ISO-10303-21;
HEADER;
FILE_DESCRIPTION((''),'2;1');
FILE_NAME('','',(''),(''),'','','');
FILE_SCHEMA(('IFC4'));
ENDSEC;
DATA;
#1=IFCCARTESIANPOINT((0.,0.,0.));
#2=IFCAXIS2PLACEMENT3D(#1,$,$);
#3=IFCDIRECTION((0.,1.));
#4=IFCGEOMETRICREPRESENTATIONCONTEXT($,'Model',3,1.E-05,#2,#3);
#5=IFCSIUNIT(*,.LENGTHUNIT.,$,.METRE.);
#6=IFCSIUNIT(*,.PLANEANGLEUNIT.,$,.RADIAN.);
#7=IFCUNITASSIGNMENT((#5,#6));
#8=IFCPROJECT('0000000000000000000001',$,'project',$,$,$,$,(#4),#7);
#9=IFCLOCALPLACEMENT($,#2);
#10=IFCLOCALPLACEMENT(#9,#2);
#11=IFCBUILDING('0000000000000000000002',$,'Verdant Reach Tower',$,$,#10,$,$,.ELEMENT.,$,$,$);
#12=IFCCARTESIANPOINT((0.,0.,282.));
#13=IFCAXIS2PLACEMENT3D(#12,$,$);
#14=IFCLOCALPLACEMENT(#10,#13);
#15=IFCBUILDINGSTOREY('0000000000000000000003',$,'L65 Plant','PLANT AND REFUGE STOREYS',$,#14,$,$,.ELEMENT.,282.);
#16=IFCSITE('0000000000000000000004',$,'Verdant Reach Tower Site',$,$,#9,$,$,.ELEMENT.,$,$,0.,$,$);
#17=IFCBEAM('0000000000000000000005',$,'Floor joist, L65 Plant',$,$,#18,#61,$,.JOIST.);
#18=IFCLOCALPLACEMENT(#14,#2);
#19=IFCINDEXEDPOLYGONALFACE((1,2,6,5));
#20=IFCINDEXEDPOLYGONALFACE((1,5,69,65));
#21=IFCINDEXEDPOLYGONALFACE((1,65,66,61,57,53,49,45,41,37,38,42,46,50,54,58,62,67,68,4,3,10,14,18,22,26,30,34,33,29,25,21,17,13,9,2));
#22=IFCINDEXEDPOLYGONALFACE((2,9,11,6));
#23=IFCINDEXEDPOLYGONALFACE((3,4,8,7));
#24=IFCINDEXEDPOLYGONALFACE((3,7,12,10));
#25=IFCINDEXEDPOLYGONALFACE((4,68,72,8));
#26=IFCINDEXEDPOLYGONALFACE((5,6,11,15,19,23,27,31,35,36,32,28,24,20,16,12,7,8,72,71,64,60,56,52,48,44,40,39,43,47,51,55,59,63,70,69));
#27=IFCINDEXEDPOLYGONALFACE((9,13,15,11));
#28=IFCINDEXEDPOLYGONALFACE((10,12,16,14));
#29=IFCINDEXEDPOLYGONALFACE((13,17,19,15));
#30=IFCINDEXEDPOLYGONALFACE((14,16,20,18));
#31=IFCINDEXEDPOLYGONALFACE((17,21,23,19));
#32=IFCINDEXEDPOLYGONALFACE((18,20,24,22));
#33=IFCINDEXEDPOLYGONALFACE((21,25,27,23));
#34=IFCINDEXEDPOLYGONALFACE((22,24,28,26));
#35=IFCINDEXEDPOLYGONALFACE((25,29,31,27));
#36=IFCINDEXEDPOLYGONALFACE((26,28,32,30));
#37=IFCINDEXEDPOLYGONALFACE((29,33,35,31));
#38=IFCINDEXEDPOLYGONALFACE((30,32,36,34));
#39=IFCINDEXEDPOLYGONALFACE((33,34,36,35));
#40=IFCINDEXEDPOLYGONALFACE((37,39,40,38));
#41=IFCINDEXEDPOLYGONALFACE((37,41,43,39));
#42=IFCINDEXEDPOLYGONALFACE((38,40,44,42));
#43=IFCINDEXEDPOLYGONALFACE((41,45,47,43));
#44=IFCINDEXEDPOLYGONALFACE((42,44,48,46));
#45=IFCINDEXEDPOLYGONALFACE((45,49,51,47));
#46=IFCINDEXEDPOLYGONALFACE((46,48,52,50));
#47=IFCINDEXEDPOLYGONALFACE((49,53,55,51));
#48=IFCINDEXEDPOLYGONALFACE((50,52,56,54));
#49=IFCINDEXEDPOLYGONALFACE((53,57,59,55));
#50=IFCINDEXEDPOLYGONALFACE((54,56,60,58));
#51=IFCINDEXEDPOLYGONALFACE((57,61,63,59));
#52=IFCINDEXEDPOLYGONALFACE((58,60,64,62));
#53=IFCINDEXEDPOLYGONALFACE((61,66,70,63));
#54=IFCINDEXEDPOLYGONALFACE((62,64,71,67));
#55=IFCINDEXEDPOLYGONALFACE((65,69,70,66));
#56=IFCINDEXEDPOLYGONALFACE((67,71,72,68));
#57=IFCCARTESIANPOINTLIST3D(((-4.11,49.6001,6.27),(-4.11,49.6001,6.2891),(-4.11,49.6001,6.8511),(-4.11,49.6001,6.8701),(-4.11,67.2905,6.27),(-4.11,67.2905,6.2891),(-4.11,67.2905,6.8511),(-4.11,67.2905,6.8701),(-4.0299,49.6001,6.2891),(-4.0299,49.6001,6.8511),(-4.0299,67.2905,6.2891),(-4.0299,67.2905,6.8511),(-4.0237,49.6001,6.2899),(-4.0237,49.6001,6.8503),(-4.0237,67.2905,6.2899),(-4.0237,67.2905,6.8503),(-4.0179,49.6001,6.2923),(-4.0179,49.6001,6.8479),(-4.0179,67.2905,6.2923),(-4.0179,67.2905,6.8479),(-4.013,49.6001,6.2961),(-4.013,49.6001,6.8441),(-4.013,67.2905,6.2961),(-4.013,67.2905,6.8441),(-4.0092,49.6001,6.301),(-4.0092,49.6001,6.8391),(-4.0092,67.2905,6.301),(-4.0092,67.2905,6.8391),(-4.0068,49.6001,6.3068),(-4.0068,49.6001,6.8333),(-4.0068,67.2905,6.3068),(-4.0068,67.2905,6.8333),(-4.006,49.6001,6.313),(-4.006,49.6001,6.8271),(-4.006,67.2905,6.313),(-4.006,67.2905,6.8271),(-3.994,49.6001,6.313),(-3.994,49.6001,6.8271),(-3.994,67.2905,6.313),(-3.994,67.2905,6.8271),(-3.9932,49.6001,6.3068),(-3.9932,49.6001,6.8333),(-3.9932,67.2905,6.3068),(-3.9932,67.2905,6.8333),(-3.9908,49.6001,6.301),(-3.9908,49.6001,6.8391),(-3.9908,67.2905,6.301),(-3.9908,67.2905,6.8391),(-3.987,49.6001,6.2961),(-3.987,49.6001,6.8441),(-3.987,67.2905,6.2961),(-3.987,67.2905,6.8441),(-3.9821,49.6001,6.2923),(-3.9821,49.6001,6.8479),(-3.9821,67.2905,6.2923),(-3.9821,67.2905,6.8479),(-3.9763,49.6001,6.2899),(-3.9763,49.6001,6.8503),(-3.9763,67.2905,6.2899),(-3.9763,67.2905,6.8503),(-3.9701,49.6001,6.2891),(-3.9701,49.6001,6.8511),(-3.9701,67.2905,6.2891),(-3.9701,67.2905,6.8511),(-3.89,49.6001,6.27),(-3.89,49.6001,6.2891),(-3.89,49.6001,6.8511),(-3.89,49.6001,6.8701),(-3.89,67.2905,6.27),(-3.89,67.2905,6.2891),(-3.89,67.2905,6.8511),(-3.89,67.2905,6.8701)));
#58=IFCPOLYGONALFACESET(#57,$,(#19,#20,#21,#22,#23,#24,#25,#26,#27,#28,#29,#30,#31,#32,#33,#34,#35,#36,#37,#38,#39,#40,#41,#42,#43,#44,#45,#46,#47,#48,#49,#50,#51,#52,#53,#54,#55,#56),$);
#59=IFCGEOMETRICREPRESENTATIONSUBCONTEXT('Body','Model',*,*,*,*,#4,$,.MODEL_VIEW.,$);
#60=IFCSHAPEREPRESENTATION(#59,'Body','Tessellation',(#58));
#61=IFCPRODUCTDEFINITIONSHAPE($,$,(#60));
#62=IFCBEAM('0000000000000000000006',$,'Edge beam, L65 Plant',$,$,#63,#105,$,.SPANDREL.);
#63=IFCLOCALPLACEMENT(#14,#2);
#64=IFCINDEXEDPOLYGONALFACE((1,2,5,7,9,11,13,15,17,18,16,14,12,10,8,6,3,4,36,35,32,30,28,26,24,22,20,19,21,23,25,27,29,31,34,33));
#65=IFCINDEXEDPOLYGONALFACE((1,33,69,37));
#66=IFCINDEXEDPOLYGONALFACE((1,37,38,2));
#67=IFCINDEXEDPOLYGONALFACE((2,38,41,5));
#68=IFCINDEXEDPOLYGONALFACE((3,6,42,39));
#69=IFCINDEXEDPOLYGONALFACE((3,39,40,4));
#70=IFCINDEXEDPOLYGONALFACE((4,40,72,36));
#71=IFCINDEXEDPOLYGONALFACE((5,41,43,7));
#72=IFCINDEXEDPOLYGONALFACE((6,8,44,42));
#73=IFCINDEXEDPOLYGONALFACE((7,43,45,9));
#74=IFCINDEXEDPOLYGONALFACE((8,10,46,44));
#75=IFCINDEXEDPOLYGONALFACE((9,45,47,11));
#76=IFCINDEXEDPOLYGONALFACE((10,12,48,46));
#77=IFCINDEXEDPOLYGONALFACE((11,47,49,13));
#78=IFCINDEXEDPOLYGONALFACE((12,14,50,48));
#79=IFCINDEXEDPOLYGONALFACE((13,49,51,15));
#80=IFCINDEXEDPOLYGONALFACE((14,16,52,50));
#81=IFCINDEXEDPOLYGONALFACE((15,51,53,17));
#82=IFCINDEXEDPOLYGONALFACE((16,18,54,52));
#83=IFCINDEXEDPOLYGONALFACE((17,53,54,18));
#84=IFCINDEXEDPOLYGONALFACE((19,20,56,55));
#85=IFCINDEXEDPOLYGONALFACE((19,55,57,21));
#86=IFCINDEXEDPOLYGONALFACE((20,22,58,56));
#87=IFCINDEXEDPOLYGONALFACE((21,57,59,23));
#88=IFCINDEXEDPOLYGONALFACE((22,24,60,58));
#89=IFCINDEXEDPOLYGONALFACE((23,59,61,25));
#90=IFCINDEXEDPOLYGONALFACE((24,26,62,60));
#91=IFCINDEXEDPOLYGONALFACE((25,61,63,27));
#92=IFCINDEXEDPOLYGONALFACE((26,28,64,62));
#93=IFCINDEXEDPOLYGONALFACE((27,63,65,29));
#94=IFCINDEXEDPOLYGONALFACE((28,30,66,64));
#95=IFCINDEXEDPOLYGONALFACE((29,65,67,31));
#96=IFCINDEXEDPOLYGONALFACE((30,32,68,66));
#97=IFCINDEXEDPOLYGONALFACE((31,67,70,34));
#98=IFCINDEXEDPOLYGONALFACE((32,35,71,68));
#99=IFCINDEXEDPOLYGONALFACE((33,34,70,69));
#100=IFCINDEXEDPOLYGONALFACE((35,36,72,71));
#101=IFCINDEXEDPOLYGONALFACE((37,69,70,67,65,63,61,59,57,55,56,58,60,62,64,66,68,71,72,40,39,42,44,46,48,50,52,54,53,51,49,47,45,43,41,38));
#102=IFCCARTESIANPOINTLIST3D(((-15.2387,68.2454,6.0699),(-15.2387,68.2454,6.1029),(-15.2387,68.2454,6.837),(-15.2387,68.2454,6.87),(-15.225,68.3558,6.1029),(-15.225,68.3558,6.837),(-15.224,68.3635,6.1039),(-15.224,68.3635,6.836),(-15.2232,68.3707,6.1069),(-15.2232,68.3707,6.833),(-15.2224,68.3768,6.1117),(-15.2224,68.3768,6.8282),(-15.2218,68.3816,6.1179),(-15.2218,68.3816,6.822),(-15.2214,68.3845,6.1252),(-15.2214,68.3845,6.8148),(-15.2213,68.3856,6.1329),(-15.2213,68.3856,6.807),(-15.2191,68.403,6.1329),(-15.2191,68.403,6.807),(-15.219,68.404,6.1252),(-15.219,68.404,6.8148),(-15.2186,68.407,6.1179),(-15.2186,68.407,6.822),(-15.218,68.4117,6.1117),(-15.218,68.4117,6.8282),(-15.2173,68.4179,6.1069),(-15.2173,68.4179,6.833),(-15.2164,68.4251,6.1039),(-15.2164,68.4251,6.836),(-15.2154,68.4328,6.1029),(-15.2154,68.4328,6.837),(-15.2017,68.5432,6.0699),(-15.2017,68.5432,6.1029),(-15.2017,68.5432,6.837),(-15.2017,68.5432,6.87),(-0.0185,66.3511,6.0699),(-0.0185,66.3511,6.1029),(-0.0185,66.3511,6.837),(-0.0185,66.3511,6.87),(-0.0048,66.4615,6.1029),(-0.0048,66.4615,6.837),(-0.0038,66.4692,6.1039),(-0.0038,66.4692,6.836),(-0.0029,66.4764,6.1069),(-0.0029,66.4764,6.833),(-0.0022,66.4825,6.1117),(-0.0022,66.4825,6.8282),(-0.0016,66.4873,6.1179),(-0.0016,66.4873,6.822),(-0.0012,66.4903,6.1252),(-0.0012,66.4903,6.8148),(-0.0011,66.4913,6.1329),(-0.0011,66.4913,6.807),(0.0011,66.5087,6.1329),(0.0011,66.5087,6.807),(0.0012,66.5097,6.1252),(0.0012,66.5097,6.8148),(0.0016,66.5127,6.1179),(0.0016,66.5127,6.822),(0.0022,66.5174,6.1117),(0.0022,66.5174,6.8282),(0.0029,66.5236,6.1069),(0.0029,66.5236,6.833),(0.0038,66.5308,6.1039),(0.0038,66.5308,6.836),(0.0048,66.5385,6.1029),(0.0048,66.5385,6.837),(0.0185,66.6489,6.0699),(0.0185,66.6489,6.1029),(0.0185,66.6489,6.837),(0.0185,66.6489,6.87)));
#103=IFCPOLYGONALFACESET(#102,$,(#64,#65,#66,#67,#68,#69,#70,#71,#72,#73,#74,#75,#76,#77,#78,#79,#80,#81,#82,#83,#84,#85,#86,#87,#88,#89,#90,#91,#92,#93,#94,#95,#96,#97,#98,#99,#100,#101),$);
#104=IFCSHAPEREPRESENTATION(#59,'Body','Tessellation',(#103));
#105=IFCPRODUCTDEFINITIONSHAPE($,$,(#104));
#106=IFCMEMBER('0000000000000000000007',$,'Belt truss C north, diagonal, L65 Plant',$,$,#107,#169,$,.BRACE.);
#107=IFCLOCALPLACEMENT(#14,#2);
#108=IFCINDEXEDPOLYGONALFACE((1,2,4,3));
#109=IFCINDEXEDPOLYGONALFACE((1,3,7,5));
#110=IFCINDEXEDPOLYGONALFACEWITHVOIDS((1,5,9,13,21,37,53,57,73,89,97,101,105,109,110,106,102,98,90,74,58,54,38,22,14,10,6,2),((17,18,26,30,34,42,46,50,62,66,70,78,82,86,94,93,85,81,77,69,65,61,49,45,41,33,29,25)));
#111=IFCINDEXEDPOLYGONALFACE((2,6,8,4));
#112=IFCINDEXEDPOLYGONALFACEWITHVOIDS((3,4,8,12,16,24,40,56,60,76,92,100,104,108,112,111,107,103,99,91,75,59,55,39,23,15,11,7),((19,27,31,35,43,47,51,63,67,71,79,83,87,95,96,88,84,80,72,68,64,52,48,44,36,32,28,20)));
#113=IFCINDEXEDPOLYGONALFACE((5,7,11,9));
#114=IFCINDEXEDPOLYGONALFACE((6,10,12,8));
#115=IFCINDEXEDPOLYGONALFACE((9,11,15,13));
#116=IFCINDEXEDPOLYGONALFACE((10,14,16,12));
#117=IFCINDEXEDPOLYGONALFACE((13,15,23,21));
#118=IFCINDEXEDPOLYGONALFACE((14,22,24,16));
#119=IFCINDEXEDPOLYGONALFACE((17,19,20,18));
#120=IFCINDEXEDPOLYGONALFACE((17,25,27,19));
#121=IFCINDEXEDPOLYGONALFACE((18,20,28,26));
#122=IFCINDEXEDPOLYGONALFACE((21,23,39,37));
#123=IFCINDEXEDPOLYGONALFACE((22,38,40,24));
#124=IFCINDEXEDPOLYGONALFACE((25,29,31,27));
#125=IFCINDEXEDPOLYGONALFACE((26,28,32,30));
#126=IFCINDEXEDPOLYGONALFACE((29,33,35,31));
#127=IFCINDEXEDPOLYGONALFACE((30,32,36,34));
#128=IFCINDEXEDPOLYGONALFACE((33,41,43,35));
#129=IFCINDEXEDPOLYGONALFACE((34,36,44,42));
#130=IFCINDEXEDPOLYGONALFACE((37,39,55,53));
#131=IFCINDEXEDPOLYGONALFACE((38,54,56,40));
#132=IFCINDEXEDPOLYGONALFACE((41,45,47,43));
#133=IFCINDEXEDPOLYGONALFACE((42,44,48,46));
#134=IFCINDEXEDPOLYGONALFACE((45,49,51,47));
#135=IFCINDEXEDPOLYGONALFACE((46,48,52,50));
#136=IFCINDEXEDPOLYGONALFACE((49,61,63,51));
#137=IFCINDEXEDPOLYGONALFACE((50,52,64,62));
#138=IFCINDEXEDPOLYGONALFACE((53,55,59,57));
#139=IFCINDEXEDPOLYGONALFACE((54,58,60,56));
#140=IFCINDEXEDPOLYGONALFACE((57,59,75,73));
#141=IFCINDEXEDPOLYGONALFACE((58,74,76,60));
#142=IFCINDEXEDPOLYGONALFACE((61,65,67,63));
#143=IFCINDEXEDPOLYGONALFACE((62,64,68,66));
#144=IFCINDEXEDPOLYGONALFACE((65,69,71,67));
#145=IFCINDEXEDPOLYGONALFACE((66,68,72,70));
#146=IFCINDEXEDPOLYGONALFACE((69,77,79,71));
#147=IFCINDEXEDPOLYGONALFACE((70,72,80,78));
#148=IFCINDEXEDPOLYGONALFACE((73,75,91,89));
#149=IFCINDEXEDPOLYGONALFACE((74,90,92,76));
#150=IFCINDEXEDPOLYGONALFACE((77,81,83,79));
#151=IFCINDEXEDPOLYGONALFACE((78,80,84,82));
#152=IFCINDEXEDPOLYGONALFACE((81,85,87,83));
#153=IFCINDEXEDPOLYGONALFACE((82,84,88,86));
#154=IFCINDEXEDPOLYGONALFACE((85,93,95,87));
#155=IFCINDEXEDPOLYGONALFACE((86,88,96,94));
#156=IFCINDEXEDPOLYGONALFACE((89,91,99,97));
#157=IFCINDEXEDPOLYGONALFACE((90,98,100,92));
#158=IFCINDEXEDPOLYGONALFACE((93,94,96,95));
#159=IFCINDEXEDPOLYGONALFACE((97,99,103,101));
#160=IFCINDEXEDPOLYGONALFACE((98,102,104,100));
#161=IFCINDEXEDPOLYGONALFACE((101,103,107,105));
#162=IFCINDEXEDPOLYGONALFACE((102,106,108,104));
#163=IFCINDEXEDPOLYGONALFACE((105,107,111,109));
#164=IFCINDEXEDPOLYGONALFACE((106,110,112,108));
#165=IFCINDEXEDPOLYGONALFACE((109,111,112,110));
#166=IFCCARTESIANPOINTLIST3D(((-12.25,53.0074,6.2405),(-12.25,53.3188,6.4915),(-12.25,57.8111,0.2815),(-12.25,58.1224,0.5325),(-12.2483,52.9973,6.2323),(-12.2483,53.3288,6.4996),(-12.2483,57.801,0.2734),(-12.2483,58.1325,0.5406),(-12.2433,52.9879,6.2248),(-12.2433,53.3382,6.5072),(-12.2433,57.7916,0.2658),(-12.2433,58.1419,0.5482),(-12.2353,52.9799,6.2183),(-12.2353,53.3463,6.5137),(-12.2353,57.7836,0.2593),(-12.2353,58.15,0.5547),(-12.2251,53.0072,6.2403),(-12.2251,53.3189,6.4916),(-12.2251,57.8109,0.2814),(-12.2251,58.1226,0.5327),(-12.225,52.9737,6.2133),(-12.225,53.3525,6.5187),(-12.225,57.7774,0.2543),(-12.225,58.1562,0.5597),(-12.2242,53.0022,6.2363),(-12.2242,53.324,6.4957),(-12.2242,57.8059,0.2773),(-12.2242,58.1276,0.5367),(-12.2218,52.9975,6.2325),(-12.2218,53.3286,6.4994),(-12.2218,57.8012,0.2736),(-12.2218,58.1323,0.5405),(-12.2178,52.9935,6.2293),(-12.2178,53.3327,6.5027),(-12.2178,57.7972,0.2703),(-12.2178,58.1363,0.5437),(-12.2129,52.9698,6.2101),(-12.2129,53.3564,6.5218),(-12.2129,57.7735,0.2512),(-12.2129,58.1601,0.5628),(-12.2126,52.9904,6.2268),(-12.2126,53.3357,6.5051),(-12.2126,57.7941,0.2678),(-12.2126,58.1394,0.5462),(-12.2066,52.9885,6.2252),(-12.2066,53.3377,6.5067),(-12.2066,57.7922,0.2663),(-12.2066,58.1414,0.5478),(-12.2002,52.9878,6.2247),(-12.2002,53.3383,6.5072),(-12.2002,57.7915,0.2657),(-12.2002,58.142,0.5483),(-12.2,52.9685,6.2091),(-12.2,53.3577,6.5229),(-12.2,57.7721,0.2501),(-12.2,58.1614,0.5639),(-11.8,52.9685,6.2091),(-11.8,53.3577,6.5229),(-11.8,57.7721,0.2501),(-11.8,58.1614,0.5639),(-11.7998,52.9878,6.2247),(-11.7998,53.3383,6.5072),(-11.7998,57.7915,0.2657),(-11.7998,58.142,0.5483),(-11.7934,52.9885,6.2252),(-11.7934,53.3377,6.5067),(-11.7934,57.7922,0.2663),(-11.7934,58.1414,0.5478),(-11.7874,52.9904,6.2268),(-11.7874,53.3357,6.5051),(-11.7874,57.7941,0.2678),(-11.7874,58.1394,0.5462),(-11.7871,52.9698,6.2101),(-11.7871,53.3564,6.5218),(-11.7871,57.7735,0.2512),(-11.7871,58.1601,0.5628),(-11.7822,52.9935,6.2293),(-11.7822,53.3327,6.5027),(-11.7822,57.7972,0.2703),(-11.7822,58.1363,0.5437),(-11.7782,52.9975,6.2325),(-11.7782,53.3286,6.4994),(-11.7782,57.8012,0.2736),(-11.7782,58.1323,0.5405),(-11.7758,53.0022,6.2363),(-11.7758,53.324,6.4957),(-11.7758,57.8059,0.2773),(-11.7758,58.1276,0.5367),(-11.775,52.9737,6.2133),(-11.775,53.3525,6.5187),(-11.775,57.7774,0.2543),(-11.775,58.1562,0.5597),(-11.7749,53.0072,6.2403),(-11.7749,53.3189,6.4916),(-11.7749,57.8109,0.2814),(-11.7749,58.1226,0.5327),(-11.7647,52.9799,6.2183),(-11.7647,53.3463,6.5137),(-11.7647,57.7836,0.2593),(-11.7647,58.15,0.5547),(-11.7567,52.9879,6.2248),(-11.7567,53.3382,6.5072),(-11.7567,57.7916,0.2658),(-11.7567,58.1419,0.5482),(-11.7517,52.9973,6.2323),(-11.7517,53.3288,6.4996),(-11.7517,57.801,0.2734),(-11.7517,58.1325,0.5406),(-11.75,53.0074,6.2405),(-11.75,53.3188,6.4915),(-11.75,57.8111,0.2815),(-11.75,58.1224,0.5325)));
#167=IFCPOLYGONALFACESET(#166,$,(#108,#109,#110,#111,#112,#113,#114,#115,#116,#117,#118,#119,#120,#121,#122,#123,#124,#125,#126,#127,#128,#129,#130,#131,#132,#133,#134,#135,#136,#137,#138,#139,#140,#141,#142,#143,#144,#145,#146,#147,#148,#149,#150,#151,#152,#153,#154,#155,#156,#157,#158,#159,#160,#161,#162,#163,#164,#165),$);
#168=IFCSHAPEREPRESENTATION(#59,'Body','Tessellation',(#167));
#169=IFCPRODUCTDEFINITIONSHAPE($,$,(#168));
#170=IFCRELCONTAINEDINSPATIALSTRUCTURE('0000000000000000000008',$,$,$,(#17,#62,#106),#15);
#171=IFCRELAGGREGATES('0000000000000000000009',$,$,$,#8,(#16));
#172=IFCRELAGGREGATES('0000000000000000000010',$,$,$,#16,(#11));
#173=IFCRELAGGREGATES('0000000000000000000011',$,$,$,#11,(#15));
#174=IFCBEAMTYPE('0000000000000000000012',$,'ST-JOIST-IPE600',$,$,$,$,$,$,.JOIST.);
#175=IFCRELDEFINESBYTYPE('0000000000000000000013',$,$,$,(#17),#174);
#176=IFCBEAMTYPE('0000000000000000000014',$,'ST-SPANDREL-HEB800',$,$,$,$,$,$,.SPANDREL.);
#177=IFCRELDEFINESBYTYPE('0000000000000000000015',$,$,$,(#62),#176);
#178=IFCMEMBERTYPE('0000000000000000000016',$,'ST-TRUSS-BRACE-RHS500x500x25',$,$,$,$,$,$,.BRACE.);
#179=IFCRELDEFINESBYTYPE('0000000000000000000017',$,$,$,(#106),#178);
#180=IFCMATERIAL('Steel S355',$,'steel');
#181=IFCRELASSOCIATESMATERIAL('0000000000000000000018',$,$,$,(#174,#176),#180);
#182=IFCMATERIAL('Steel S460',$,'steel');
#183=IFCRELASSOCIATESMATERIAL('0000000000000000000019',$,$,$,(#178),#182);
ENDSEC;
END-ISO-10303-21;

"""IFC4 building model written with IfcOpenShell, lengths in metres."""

from ifc_helpers import new_model, si_unit, direction, frame, origin, origin_2d, place, context, subcontext, project, spatial, hollow_rectangle, i_section, extrude, material, material_profile, profile_set, type_object, element, save


model = new_model("IFC4")

# Units and contexts
model_context = context("Model", 3, precision=1e-05, world=origin(), true_north=direction((0.0, 1.0)))
body_context = subcontext(model_context, "Body", "Model", "MODEL_VIEW")
ifc_project = project(units=[si_unit("LENGTHUNIT", "METRE"), si_unit("PLANEANGLEUNIT", "RADIAN")], contexts=[model_context])

# Site, building, storey
site_placement = place(None, origin())
site = spatial("IfcSite", under=ifc_project, at=site_placement, Name="Verdant Reach Tower Site", CompositionType="ELEMENT", RefElevation=0.0)
building_placement = place(site_placement, origin())
building = spatial("IfcBuilding", under=site, at=building_placement, Name="Verdant Reach Tower", CompositionType="ELEMENT")
storey_placement = place(building_placement, frame((0.0, 0.0, 282.0)))
storey = spatial("IfcBuildingStorey", under=building, at=storey_placement, Name="L65 Plant", Description="PLANT AND REFUGE STOREYS", CompositionType="ELEMENT", Elevation=282.0)

# Shared definitions
ifc_material_1 = material(Name="Steel S460", Category="steel")

# Beams
ifc_material_2 = material(Name="Steel S355", Category="steel")
ifc_material_profile_1 = material_profile(ifc_material_2, i_section(OverallWidth=0.22, OverallDepth=0.6001, WebThickness=0.012, FlangeThickness=0.019, FilletRadius=0.0239, at=origin_2d()), Name="IPE 600")
ifc_profile_set_1 = profile_set([ifc_material_profile_1], Name="Steel S355")
beam_type_1 = type_object("IfcBeamType", Name="ST-JOIST-IPE600", PredefinedType="JOIST", material=ifc_profile_set_1)
beam_1_placement = place(storey_placement, frame((-4.0, 49.6001, 6.5701), z_axis=(0.0, 1.0, 0.0), x_axis=(-1.0, 0.0, 0.0)))
element("IfcBeam", 1, at=beam_1_placement, inside=storey, type_object=beam_type_1, Name="Floor joist, L65 Plant", PredefinedType="JOIST", context=body_context, shape_type="SweptSolid", body=[
    extrude(i_section(OverallWidth=0.22, OverallDepth=0.6001, WebThickness=0.012, FlangeThickness=0.019, FilletRadius=0.0239, at=origin_2d()), origin(), (0.0, 0.0, 1.0), 17.6904),
])
ifc_material_profile_2 = material_profile(ifc_material_2, i_section(OverallWidth=0.3, OverallDepth=0.8, WebThickness=0.0176, FlangeThickness=0.033, FilletRadius=0.03, at=origin_2d()), Name="HEB 800")
ifc_profile_set_2 = profile_set([ifc_material_profile_2], Name="Steel S355")
beam_type_2 = type_object("IfcBeamType", Name="ST-SPANDREL-HEB800", PredefinedType="SPANDREL", material=ifc_profile_set_2)
beam_2_placement = place(storey_placement, frame((-15.2202, 68.3943, 6.47), z_axis=(0.992344, -0.123506, 0.0), x_axis=(0.123506, 0.992344, 0.0)))
element("IfcBeam", 2, at=beam_2_placement, inside=storey, type_object=beam_type_2, Name="Edge beam, L65 Plant", PredefinedType="SPANDREL", context=body_context, shape_type="SweptSolid", body=[
    extrude(i_section(OverallWidth=0.3, OverallDepth=0.8, WebThickness=0.0176, FlangeThickness=0.033, FilletRadius=0.03, at=origin_2d()), origin(), (0.0, 0.0, 1.0), 15.3376),
])

# Member
ifc_material_profile_3 = material_profile(ifc_material_1, hollow_rectangle(XDim=0.5, YDim=0.5, WallThickness=0.0249, InnerFilletRadius=0.0249, OuterFilletRadius=0.05, at=origin_2d()), Name="RHS 500x500x25")
ifc_profile_set_3 = profile_set([ifc_material_profile_3], Name="Steel S460")
member_type_1 = type_object("IfcMemberType", Name="ST-TRUSS-BRACE-RHS500x500x25", PredefinedType="BRACE", material=ifc_profile_set_3)
member_1_placement = place(storey_placement, frame((-12.0, 53.1631, 6.366), z_axis=(0.0, 0.6276, -0.778536), x_axis=(-1.0, 0.0, 0.0)))
element("IfcMember", 3, at=member_1_placement, inside=storey, type_object=member_type_1, Name="Belt truss C north, diagonal, L65 Plant", PredefinedType="BRACE", context=body_context, shape_type="SweptSolid", body=[
    extrude(hollow_rectangle(XDim=0.5, YDim=0.5, WallThickness=0.0249, InnerFilletRadius=0.0249, OuterFilletRadius=0.05, at=origin_2d()), origin(), (0.0, 0.0, 1.0), 7.6541),
])

save(model, "model.ifc")
